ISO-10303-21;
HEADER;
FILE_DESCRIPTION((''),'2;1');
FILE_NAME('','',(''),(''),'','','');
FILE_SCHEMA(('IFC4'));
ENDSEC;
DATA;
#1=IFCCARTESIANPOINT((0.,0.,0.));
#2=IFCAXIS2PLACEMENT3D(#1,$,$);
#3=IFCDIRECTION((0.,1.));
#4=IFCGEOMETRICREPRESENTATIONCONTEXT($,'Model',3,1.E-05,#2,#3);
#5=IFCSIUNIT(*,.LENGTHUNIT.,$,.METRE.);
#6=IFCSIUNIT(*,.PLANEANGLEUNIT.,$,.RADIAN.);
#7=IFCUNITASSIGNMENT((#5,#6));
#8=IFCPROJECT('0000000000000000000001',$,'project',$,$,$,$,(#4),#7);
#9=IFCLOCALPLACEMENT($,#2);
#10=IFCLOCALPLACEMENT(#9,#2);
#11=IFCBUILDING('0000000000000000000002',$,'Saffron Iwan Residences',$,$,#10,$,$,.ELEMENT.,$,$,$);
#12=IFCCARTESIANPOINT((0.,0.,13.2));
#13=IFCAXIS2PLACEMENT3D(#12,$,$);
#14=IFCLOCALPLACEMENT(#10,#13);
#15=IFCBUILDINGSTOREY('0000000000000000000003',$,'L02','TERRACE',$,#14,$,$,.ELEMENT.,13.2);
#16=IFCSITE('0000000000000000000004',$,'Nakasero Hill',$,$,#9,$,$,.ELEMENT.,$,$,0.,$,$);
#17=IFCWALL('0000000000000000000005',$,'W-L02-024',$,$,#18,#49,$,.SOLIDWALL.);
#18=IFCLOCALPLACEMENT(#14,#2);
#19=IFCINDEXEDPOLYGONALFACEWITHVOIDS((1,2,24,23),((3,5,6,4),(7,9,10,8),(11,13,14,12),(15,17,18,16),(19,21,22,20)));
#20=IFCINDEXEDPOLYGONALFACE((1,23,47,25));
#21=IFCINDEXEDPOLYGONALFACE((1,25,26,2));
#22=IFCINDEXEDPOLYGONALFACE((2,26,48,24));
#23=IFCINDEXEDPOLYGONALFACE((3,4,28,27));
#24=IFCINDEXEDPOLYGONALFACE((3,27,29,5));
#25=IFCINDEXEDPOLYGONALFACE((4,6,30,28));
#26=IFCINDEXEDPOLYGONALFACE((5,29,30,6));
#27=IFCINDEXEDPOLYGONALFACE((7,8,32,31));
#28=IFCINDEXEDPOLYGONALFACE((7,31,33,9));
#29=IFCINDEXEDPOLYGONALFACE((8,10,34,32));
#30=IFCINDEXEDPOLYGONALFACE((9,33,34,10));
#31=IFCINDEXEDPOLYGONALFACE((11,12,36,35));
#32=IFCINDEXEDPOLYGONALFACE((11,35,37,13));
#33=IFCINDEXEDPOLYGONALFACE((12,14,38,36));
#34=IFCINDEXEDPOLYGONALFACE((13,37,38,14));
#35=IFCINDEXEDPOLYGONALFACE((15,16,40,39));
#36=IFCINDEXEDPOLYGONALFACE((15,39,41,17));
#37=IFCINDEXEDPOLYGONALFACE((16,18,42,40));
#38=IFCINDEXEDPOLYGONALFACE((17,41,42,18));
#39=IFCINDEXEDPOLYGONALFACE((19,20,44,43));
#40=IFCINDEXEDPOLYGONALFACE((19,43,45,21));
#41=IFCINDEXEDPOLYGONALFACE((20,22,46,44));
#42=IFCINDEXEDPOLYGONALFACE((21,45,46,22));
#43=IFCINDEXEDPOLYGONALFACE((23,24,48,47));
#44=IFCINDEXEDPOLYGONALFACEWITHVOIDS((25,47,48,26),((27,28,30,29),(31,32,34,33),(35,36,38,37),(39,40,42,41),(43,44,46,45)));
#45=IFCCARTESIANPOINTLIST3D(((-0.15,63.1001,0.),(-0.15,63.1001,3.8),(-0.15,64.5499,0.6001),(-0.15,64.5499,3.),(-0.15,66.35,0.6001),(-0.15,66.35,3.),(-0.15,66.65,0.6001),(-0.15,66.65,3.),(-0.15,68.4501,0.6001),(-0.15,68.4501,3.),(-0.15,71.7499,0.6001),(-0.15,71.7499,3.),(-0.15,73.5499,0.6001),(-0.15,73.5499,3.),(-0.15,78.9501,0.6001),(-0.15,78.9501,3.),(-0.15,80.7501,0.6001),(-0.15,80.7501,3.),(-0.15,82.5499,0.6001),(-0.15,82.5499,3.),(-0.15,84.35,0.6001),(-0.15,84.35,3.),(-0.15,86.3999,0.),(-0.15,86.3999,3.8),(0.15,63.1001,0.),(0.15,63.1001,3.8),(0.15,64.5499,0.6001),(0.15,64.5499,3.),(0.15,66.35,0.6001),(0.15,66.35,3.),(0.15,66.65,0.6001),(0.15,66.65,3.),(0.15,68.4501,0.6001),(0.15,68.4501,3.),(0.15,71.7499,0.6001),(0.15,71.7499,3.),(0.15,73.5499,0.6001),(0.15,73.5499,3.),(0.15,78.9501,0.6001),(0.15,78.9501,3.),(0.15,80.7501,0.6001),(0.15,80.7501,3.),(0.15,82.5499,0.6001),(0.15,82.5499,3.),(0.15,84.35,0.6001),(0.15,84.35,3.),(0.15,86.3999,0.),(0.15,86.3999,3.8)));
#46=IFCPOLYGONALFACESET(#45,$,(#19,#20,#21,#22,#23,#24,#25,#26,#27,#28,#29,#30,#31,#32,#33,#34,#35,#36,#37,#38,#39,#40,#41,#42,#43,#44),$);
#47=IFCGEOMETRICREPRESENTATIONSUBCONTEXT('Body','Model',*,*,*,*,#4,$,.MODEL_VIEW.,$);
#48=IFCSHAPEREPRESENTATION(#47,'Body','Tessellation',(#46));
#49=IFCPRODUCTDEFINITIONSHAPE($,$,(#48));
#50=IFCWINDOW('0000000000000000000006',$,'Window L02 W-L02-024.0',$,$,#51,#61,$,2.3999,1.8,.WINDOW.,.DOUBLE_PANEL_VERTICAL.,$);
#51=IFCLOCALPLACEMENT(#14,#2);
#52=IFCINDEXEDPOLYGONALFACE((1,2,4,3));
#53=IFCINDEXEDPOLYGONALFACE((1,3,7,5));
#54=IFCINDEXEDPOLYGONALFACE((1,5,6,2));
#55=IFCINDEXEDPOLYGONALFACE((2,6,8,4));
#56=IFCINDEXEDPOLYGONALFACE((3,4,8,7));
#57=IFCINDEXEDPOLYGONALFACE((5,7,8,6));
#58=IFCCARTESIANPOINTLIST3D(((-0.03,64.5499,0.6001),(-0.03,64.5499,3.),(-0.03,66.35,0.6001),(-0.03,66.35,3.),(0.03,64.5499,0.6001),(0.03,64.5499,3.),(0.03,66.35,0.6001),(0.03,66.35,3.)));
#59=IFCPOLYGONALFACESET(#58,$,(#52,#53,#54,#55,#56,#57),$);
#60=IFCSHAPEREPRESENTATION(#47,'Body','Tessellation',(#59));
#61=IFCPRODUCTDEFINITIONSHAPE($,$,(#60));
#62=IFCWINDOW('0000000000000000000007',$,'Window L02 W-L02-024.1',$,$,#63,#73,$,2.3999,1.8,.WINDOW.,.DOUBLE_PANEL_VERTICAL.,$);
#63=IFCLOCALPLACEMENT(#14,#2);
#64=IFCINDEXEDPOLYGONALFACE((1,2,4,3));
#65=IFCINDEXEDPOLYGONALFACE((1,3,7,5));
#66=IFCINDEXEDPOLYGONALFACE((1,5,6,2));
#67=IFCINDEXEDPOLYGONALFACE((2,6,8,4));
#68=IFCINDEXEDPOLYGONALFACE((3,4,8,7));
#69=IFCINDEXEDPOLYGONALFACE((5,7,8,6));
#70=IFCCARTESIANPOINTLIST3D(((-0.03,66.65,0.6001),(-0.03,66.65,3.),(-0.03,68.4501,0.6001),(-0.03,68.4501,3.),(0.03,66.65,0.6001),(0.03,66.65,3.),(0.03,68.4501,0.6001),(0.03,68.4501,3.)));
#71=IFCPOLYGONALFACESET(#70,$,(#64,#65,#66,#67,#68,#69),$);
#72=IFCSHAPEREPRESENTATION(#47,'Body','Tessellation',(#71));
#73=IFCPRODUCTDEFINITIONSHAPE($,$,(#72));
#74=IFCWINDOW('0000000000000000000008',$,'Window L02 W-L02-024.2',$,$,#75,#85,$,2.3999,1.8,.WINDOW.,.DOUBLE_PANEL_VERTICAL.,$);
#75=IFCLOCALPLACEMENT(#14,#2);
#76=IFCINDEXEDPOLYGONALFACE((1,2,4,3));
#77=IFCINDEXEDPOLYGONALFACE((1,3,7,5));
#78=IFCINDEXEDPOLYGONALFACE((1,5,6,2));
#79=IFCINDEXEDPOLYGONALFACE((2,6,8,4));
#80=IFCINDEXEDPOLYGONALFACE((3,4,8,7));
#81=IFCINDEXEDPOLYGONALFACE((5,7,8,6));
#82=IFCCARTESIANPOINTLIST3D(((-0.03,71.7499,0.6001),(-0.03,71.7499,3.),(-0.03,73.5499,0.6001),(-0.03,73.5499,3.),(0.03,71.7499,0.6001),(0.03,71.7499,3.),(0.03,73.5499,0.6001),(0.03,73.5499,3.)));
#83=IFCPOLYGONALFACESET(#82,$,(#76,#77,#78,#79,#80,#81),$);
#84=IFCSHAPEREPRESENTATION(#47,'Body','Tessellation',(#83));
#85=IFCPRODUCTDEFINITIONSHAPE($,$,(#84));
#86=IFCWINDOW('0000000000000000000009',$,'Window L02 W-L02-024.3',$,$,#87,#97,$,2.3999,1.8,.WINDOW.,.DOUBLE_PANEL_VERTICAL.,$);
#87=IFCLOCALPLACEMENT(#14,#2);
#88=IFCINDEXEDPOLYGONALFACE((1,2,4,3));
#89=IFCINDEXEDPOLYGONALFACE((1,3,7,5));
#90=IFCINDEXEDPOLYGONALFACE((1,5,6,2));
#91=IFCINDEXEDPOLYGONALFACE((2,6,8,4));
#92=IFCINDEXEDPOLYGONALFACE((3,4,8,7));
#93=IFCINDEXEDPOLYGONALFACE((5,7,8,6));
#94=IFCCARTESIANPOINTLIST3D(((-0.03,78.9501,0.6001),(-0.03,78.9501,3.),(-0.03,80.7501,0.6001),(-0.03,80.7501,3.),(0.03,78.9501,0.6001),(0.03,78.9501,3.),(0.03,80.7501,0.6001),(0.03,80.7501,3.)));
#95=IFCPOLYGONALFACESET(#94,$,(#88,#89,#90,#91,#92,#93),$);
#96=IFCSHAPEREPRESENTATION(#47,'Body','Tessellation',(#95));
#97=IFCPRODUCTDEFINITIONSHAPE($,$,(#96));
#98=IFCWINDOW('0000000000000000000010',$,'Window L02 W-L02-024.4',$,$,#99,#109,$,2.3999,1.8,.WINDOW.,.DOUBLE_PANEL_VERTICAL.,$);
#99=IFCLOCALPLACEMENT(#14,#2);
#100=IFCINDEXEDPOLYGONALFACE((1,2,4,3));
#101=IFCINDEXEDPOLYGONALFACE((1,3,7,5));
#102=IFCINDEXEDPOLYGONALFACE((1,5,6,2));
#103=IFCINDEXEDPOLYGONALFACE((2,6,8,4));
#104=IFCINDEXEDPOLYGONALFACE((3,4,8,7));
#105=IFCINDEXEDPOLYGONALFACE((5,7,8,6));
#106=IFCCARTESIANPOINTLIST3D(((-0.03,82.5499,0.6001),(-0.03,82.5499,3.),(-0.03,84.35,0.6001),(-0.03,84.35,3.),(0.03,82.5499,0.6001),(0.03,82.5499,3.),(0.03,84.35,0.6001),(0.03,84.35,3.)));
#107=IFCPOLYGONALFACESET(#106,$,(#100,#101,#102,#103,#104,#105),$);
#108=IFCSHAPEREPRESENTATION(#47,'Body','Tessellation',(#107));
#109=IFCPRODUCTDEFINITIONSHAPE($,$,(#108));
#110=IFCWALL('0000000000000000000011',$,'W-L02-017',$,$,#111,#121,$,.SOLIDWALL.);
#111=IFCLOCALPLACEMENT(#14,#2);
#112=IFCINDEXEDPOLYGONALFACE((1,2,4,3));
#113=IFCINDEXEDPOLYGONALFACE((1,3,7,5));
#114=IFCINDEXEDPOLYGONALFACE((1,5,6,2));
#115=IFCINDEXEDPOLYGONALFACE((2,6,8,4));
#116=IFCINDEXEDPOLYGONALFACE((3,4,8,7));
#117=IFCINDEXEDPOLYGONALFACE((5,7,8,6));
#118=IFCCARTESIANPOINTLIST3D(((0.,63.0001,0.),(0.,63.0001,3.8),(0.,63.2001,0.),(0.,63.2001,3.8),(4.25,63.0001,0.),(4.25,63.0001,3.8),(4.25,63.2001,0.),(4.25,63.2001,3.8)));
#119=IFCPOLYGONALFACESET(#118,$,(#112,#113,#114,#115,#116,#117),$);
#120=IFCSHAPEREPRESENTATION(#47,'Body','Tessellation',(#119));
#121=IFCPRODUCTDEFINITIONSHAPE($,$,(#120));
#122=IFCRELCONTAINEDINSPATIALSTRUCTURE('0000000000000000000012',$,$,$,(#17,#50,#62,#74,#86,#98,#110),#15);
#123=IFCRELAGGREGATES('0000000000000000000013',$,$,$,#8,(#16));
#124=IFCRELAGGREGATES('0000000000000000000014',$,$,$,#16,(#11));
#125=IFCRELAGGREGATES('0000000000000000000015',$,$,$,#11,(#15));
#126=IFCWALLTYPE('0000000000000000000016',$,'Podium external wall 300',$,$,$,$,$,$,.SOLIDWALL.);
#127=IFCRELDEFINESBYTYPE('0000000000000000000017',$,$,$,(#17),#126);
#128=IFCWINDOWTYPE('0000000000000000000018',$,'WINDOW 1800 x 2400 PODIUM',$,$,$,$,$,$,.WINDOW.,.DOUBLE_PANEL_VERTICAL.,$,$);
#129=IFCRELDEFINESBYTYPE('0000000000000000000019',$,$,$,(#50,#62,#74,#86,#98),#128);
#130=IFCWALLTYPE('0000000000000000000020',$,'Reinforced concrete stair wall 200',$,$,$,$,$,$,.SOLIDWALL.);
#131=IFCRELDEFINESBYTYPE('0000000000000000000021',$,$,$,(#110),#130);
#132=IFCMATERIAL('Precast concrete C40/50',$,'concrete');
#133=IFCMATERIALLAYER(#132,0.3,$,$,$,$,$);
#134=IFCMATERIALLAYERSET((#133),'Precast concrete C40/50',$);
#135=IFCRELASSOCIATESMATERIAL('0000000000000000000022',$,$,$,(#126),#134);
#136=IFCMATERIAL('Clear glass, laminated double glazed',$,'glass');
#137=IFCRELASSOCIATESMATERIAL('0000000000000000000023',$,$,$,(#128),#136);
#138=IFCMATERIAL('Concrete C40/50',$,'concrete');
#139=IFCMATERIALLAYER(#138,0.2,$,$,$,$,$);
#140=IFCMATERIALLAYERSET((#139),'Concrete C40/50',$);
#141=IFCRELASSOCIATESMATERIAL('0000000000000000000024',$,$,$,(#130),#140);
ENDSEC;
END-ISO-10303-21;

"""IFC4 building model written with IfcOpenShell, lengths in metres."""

from ifc_helpers import new_model, si_unit, direction, frame, frame_2d, origin, place, context, subcontext, project, spatial, rectangle, extrude, material, layer, layer_set, type_object, element, fill, save


model = new_model("IFC4")

# Units and contexts
model_context = context("Model", 3, precision=1e-05, world=origin(), true_north=direction((0.0, 1.0)))
body_context = subcontext(model_context, "Body", "Model", "MODEL_VIEW")
ifc_project = project(units=[si_unit("LENGTHUNIT", "METRE"), si_unit("PLANEANGLEUNIT", "RADIAN")], contexts=[model_context])

# Site, building, storey
site_placement = place(None, origin())
site = spatial("IfcSite", under=ifc_project, at=site_placement, Name="Nakasero Hill", CompositionType="ELEMENT", RefElevation=0.0)
building_placement = place(site_placement, origin())
building = spatial("IfcBuilding", under=site, at=building_placement, Name="Saffron Iwan Residences", CompositionType="ELEMENT")
storey_placement = place(building_placement, frame((0.0, 0.0, 13.2)))
storey = spatial("IfcBuildingStorey", under=building, at=storey_placement, Name="L02", Description="TERRACE", CompositionType="ELEMENT", Elevation=13.2)

# Shared definitions
ifc_material_1 = material(Name="Concrete C40/50", Category="concrete")

# Wall, openings, windows
ifc_material_2 = material(Name="Precast concrete C40/50", Category="concrete")
ifc_layer_1 = layer(ifc_material_2, 0.3)
ifc_layer_set_1 = layer_set([ifc_layer_1], Name="Precast concrete C40/50")
wall_type_1 = type_object("IfcWallType", Name="Podium external wall 300", PredefinedType="SOLIDWALL", material=ifc_layer_set_1)
wall_1_placement = place(storey_placement, frame((0.0, 63.1001, 0.0), z_axis=(0.0, 0.0, 1.0), x_axis=(0.0, 1.0, 0.0)))
wall_1 = element("IfcWall", 1, at=wall_1_placement, inside=storey, type_object=wall_type_1, Name="W-L02-024", PredefinedType="SOLIDWALL", context=body_context, shape_type="SweptSolid", body=[
    extrude(rectangle(XDim=23.2998, YDim=0.3, at=frame_2d((11.6499, 0.0))), origin(), (0.0, 0.0, 1.0), 3.8),
])
opening_1_placement = place(wall_1_placement, frame((1.45, 0.0, 0.6001)))
opening_1 = element("IfcOpeningElement", 2, at=opening_1_placement, cuts=wall_1, PredefinedType="OPENING", context=body_context, shape_type="SweptSolid", body=[
    extrude(rectangle(XDim=1.8, YDim=2.3999, at=frame_2d((0.8999, 1.2))), frame((0.0, 0.1602, 0.0), z_axis=(0.0, -1.0, 0.0), x_axis=(1.0, 0.0, 0.0)), (0.0, 0.0, 1.0), 0.3201),
])
opening_2_placement = place(wall_1_placement, frame((3.55, 0.0, 0.6001)))
opening_2 = element("IfcOpeningElement", 3, at=opening_2_placement, cuts=wall_1, PredefinedType="OPENING", context=body_context, shape_type="SweptSolid", body=[
    extrude(rectangle(XDim=1.8, YDim=2.3999, at=frame_2d((0.8999, 1.2))), frame((0.0, 0.1602, 0.0), z_axis=(0.0, -1.0, 0.0), x_axis=(1.0, 0.0, 0.0)), (0.0, 0.0, 1.0), 0.3201),
])
opening_3_placement = place(wall_1_placement, frame((8.6499, 0.0, 0.6001)))
opening_3 = element("IfcOpeningElement", 4, at=opening_3_placement, cuts=wall_1, PredefinedType="OPENING", context=body_context, shape_type="SweptSolid", body=[
    extrude(rectangle(XDim=1.8, YDim=2.3999, at=frame_2d((0.8999, 1.2))), frame((0.0, 0.1602, 0.0), z_axis=(0.0, -1.0, 0.0), x_axis=(1.0, 0.0, 0.0)), (0.0, 0.0, 1.0), 0.3201),
])
opening_4_placement = place(wall_1_placement, frame((15.8501, 0.0, 0.6001)))
opening_4 = element("IfcOpeningElement", 5, at=opening_4_placement, cuts=wall_1, PredefinedType="OPENING", context=body_context, shape_type="SweptSolid", body=[
    extrude(rectangle(XDim=1.8, YDim=2.3999, at=frame_2d((0.8999, 1.2))), frame((0.0, 0.1602, 0.0), z_axis=(0.0, -1.0, 0.0), x_axis=(1.0, 0.0, 0.0)), (0.0, 0.0, 1.0), 0.3201),
])
opening_5_placement = place(wall_1_placement, frame((19.45, 0.0, 0.6001)))
opening_5 = element("IfcOpeningElement", 6, at=opening_5_placement, cuts=wall_1, PredefinedType="OPENING", context=body_context, shape_type="SweptSolid", body=[
    extrude(rectangle(XDim=1.8, YDim=2.3999, at=frame_2d((0.8999, 1.2))), frame((0.0, 0.1602, 0.0), z_axis=(0.0, -1.0, 0.0), x_axis=(1.0, 0.0, 0.0)), (0.0, 0.0, 1.0), 0.3201),
])
ifc_material_3 = material(Name="Clear glass, laminated double glazed", Category="glass")
window_type = type_object("IfcWindowType", Name="WINDOW 1800 x 2400 PODIUM", PartitioningType="DOUBLE_PANEL_VERTICAL", PredefinedType="WINDOW", material=ifc_material_3)
window_1_placement = place(opening_1_placement, origin())
window_1 = element("IfcWindow", 7, at=window_1_placement, inside=storey, type_object=window_type, Name="Window L02 W-L02-024.0", OverallHeight=2.3999, OverallWidth=1.8, PartitioningType="DOUBLE_PANEL_VERTICAL", PredefinedType="WINDOW", context=body_context, shape_type="SweptSolid", body=[
    extrude(rectangle(XDim=1.8, YDim=2.3999, at=frame_2d((0.8999, 1.2))), frame((0.0, 0.03, 0.0), z_axis=(0.0, -1.0, 0.0), x_axis=(1.0, 0.0, 0.0)), (0.0, 0.0, 1.0), 0.0601),
])
fill(opening_1, window_1)
window_2_placement = place(opening_2_placement, origin())
window_2 = element("IfcWindow", 8, at=window_2_placement, inside=storey, type_object=window_type, Name="Window L02 W-L02-024.1", OverallHeight=2.3999, OverallWidth=1.8, PartitioningType="DOUBLE_PANEL_VERTICAL", PredefinedType="WINDOW", context=body_context, shape_type="SweptSolid", body=[
    extrude(rectangle(XDim=1.8, YDim=2.3999, at=frame_2d((0.8999, 1.2))), frame((0.0, 0.03, 0.0), z_axis=(0.0, -1.0, 0.0), x_axis=(1.0, 0.0, 0.0)), (0.0, 0.0, 1.0), 0.0601),
])
fill(opening_2, window_2)
window_3_placement = place(opening_3_placement, origin())
window_3 = element("IfcWindow", 9, at=window_3_placement, inside=storey, type_object=window_type, Name="Window L02 W-L02-024.2", OverallHeight=2.3999, OverallWidth=1.8, PartitioningType="DOUBLE_PANEL_VERTICAL", PredefinedType="WINDOW", context=body_context, shape_type="SweptSolid", body=[
    extrude(rectangle(XDim=1.8, YDim=2.3999, at=frame_2d((0.8999, 1.2))), frame((0.0, 0.03, 0.0), z_axis=(0.0, -1.0, 0.0), x_axis=(1.0, 0.0, 0.0)), (0.0, 0.0, 1.0), 0.0601),
])
fill(opening_3, window_3)
window_4_placement = place(opening_4_placement, origin())
window_4 = element("IfcWindow", 10, at=window_4_placement, inside=storey, type_object=window_type, Name="Window L02 W-L02-024.3", OverallHeight=2.3999, OverallWidth=1.8, PartitioningType="DOUBLE_PANEL_VERTICAL", PredefinedType="WINDOW", context=body_context, shape_type="SweptSolid", body=[
    extrude(rectangle(XDim=1.8, YDim=2.3999, at=frame_2d((0.8999, 1.2))), frame((0.0, 0.03, 0.0), z_axis=(0.0, -1.0, 0.0), x_axis=(1.0, 0.0, 0.0)), (0.0, 0.0, 1.0), 0.0601),
])
fill(opening_4, window_4)
window_5_placement = place(opening_5_placement, origin())
window_5 = element("IfcWindow", 11, at=window_5_placement, inside=storey, type_object=window_type, Name="Window L02 W-L02-024.4", OverallHeight=2.3999, OverallWidth=1.8, PartitioningType="DOUBLE_PANEL_VERTICAL", PredefinedType="WINDOW", context=body_context, shape_type="SweptSolid", body=[
    extrude(rectangle(XDim=1.8, YDim=2.3999, at=frame_2d((0.8999, 1.2))), frame((0.0, 0.03, 0.0), z_axis=(0.0, -1.0, 0.0), x_axis=(1.0, 0.0, 0.0)), (0.0, 0.0, 1.0), 0.0601),
])
fill(opening_5, window_5)

# Wall
ifc_layer_2 = layer(ifc_material_1, 0.2)
ifc_layer_set_2 = layer_set([ifc_layer_2], Name="Concrete C40/50")
wall_type_2 = type_object("IfcWallType", Name="Reinforced concrete stair wall 200", PredefinedType="SOLIDWALL", material=ifc_layer_set_2)
wall_2_placement = place(storey_placement, frame((0.0, 63.1001, 0.0), z_axis=(0.0, 0.0, 1.0), x_axis=(1.0, 0.0, 0.0)))
element("IfcWall", 12, at=wall_2_placement, inside=storey, type_object=wall_type_2, Name="W-L02-017", PredefinedType="SOLIDWALL", context=body_context, shape_type="SweptSolid", body=[
    extrude(rectangle(XDim=4.25, YDim=0.2, at=frame_2d((2.125, 0.0))), origin(), (0.0, 0.0, 1.0), 3.8),
])

save(model, "model.ifc")
